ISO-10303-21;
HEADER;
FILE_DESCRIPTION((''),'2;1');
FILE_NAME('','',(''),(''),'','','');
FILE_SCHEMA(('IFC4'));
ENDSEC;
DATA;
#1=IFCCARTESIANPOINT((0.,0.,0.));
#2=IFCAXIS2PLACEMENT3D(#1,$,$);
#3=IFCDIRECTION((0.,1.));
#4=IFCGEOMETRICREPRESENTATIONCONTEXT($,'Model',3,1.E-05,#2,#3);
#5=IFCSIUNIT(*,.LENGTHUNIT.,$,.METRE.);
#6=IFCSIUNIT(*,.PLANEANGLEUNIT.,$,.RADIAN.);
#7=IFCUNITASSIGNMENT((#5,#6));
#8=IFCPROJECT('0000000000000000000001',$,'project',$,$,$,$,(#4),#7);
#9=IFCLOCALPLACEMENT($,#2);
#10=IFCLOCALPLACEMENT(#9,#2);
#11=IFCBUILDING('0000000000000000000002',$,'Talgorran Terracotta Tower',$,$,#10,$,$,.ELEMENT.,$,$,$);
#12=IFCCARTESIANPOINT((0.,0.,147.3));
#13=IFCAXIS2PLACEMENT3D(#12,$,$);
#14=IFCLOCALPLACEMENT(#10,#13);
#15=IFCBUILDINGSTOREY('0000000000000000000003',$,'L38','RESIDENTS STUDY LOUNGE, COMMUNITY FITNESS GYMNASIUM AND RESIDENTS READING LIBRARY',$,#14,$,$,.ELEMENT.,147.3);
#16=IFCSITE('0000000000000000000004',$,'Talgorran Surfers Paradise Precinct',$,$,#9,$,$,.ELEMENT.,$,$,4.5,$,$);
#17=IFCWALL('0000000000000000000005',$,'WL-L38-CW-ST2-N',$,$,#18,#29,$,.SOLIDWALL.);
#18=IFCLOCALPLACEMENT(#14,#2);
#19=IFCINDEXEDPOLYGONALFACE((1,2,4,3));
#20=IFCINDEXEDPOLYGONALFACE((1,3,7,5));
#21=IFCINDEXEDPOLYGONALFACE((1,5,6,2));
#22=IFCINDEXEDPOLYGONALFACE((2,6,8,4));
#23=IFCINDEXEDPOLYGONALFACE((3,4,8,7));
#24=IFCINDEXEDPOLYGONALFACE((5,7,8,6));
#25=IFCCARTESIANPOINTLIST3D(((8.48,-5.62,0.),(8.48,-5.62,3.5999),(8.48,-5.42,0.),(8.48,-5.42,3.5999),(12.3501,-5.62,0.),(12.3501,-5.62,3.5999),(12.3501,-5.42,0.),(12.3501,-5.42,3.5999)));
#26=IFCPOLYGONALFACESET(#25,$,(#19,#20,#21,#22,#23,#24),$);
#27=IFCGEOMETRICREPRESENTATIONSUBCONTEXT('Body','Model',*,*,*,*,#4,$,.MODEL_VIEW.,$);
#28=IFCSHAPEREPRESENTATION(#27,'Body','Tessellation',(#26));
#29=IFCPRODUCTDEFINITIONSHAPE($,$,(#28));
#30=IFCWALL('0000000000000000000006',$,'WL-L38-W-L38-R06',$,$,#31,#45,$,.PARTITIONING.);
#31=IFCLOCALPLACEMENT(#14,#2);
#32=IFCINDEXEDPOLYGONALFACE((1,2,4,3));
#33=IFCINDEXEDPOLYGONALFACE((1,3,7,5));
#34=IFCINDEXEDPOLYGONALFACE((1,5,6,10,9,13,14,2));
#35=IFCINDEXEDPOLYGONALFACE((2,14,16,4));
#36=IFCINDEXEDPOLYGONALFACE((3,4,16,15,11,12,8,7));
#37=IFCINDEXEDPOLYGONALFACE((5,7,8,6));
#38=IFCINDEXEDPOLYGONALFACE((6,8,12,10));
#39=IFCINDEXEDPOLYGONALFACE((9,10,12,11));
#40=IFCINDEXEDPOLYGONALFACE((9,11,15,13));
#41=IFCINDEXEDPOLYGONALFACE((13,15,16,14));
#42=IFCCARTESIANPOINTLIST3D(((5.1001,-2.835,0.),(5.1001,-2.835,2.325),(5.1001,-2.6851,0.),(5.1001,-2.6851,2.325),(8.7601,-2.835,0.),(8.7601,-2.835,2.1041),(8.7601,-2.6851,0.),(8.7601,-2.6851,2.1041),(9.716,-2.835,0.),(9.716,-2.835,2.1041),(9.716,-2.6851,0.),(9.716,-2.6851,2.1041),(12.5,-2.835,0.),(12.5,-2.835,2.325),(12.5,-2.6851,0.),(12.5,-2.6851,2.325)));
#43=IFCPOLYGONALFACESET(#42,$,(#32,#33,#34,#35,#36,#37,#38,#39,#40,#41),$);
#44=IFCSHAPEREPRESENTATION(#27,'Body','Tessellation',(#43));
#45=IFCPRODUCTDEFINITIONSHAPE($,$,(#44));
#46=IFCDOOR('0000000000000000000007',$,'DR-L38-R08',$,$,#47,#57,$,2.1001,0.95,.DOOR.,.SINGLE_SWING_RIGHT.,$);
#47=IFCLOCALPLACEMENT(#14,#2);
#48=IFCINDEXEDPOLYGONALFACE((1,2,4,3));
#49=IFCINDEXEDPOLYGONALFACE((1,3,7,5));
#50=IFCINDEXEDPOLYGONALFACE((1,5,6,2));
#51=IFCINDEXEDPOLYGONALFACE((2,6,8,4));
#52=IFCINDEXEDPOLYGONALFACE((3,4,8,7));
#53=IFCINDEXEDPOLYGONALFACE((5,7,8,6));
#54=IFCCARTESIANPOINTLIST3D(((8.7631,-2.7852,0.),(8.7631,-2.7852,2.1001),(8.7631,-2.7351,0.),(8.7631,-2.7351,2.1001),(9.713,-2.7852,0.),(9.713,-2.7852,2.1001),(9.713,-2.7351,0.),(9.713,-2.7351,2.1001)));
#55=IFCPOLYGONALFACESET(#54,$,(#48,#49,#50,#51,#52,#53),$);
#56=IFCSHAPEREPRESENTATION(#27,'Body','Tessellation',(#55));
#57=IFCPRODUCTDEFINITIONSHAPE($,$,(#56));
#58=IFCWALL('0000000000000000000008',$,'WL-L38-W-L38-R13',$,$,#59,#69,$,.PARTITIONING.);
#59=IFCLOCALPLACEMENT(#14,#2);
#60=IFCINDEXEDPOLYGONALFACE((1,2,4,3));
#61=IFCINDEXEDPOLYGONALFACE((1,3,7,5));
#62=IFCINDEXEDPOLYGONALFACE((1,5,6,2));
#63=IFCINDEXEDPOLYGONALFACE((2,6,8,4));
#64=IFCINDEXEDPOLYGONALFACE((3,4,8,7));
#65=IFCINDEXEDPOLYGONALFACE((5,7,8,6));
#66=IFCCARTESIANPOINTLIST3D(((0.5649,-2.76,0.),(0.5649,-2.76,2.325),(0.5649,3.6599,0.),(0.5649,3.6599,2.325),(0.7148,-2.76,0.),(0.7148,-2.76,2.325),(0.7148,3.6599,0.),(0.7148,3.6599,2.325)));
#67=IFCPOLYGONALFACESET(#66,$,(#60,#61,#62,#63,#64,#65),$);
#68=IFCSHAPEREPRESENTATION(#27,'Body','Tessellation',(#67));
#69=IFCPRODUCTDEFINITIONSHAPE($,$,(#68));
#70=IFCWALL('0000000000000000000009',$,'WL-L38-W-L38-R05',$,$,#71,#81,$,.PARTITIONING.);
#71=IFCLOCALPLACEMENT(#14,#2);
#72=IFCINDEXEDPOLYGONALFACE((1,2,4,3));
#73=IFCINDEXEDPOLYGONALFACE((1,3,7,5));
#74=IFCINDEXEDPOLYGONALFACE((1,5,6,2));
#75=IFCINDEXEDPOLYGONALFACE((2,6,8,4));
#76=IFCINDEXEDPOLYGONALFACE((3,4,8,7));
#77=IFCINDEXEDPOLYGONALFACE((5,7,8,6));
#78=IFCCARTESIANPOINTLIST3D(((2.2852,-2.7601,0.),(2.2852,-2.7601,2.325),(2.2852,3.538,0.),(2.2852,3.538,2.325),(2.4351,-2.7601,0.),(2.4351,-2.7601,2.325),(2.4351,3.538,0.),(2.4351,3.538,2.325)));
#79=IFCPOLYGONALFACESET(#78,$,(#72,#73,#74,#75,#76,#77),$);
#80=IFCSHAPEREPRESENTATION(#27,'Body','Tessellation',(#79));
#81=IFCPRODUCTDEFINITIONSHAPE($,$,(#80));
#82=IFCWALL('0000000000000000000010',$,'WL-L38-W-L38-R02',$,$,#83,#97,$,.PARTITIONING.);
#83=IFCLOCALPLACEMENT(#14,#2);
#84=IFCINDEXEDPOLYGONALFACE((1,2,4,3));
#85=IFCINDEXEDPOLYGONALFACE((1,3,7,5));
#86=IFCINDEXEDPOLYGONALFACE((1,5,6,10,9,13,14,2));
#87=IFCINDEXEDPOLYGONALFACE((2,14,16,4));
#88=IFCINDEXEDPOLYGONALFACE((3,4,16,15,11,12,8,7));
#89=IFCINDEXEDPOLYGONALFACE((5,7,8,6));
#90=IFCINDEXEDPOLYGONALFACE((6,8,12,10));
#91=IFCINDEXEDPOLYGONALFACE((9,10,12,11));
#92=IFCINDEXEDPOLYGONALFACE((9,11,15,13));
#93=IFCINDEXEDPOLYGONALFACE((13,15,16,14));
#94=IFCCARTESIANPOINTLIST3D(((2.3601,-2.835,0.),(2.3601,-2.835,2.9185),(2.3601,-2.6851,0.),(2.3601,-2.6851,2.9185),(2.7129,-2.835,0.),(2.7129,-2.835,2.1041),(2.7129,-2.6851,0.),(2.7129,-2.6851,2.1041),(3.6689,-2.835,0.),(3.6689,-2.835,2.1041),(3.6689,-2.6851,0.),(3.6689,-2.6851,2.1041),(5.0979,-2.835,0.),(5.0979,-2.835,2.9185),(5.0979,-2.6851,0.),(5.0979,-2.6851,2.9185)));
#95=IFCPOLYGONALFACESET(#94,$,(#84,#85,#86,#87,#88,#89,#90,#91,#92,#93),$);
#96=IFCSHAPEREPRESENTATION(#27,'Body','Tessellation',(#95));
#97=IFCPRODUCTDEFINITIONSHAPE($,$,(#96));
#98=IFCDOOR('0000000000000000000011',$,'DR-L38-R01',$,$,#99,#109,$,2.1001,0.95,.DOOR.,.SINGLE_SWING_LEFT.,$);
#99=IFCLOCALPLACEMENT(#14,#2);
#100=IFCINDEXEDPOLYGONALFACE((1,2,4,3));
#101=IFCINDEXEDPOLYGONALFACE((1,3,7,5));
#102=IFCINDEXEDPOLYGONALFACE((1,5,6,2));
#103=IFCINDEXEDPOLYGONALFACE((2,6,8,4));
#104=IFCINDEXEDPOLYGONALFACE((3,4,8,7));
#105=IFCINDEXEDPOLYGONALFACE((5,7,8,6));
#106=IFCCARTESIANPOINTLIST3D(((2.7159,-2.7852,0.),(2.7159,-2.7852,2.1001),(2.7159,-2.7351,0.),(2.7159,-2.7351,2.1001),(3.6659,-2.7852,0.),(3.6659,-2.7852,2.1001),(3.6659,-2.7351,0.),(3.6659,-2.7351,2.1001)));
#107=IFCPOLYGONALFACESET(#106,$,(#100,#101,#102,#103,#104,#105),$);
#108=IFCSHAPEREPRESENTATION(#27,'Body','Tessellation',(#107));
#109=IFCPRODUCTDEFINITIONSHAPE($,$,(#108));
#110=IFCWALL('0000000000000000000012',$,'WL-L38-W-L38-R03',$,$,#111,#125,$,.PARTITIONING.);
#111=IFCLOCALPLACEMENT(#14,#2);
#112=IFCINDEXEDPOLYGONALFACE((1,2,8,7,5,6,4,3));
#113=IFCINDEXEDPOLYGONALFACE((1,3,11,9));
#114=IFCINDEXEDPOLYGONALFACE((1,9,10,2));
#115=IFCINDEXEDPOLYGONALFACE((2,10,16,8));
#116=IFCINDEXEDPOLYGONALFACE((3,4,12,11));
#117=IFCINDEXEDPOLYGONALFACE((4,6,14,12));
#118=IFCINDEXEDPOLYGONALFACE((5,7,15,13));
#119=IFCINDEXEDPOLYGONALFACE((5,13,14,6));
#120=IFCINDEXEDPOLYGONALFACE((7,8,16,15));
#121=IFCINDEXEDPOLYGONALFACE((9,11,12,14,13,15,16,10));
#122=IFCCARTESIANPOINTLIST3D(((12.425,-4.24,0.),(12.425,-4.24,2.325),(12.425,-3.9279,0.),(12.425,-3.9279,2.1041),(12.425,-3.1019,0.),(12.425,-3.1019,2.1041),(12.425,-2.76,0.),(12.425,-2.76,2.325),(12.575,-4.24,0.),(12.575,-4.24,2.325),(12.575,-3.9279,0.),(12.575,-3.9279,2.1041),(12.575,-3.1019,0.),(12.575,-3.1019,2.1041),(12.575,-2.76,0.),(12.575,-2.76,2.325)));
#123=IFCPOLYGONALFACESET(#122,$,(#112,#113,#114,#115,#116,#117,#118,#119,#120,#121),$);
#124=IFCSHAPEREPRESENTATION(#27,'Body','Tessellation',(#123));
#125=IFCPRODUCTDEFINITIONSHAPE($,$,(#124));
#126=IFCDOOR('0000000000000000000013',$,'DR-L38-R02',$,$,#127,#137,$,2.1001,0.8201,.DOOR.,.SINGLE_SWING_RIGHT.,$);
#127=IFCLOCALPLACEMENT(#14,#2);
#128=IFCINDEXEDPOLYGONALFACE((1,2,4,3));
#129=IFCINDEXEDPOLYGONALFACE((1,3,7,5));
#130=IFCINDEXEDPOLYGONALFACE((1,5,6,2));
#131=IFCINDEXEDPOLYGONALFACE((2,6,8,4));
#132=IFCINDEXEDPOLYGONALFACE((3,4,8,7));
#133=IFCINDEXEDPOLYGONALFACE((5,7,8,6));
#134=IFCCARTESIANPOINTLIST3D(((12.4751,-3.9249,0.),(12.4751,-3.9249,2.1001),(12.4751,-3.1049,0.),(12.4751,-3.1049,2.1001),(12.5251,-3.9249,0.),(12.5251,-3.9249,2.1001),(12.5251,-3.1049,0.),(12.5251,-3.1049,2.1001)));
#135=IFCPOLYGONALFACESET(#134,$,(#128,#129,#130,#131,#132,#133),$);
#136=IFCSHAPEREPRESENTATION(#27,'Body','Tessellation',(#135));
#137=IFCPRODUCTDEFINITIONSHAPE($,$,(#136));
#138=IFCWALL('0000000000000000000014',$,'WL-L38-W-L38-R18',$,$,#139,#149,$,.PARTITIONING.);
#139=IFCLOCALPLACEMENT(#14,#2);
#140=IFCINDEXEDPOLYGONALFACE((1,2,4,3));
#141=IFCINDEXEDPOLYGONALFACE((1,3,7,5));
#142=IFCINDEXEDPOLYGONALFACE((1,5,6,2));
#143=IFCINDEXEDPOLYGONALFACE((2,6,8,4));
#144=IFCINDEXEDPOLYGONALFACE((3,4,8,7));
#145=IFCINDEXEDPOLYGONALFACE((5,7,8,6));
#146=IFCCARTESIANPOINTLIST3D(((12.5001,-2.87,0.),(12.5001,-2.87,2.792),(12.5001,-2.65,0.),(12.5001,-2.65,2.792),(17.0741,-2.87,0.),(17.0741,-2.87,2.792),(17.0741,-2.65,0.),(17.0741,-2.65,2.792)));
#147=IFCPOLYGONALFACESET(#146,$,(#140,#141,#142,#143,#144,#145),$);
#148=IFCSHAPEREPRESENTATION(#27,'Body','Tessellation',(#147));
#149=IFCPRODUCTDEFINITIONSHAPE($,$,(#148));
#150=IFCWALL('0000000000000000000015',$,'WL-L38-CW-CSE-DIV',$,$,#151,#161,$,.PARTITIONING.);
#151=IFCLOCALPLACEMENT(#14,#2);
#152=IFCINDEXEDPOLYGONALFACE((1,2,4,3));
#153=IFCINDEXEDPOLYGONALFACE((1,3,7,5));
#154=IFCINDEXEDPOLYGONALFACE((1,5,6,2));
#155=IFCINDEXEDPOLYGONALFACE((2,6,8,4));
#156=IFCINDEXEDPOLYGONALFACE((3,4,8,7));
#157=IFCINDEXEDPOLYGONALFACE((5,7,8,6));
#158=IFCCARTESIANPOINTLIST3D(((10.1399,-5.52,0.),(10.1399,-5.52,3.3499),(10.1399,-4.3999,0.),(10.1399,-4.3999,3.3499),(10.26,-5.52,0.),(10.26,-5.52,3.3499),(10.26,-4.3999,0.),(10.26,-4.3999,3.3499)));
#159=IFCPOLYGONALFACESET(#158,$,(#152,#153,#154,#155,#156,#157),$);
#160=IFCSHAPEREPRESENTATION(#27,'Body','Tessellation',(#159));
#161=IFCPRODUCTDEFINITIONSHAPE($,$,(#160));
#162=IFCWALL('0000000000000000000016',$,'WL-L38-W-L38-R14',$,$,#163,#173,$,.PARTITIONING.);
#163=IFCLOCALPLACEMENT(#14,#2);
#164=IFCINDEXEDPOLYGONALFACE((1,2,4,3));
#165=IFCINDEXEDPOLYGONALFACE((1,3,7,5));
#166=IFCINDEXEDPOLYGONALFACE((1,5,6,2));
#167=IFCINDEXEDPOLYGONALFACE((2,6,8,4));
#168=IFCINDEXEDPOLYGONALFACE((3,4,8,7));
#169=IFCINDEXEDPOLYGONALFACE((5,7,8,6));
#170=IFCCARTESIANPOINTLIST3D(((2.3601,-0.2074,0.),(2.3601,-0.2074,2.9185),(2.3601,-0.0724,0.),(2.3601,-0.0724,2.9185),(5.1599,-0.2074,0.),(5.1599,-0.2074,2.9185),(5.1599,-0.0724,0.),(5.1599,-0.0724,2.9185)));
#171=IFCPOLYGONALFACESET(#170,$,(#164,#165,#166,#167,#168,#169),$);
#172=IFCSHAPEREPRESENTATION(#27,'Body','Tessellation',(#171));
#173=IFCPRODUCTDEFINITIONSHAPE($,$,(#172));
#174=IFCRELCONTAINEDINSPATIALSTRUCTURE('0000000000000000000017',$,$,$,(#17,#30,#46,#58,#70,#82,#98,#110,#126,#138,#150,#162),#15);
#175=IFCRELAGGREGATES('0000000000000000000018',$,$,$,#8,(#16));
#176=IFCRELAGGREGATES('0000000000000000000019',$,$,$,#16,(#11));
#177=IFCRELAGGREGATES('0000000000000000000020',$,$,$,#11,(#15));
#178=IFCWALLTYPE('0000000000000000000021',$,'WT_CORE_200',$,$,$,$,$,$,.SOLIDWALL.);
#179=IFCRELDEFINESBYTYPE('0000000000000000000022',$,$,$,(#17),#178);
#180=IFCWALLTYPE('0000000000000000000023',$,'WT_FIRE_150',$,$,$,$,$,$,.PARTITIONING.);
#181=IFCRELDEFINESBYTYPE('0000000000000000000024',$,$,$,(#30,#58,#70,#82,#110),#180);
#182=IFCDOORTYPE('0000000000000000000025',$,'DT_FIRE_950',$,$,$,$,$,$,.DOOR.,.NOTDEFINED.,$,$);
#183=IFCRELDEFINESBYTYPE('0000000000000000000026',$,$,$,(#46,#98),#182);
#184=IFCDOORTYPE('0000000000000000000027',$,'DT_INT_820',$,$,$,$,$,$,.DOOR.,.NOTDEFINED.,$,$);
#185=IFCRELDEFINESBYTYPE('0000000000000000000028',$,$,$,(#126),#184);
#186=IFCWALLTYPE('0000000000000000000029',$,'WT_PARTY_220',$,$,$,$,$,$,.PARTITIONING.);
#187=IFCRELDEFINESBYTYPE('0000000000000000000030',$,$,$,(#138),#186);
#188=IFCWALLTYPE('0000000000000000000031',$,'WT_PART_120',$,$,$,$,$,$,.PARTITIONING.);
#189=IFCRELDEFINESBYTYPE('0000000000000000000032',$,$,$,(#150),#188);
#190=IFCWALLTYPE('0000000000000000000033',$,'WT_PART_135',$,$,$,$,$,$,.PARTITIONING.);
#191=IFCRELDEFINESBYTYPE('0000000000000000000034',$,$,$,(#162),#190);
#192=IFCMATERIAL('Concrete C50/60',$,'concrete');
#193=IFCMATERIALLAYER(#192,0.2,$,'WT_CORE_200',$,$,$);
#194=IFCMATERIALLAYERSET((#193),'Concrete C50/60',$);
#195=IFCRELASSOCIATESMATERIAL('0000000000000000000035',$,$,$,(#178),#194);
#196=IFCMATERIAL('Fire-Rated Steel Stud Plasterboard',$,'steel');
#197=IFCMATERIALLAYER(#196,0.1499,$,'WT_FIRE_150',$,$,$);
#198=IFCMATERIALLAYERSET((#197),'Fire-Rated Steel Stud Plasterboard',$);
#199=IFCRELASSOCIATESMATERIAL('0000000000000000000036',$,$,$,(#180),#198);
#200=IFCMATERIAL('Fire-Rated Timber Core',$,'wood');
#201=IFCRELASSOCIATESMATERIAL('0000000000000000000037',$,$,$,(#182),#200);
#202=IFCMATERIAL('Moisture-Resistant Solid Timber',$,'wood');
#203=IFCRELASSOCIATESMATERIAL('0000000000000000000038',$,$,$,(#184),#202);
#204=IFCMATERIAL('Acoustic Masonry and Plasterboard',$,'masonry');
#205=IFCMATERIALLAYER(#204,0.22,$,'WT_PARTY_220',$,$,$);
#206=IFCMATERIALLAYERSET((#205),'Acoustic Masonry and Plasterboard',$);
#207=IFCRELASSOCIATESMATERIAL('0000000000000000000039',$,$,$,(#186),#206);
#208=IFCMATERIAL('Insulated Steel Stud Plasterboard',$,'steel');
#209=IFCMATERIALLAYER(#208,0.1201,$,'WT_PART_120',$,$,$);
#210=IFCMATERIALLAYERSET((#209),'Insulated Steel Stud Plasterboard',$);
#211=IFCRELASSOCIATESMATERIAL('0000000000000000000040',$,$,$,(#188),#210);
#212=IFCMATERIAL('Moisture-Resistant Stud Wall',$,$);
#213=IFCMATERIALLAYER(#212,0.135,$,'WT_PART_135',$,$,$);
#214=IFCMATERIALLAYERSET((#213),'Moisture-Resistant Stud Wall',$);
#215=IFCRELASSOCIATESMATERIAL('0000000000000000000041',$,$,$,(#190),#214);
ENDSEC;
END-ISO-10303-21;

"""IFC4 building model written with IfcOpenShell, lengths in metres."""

from ifc_helpers import new_model, si_unit, direction, frame, frame_2d, origin, place, context, subcontext, project, spatial, rectangle, extrude, material, layer, layer_set, type_object, element, fill, save


model = new_model("IFC4")

# Units and contexts
model_context = context("Model", 3, precision=1e-05, world=origin(), true_north=direction((0.0, 1.0)))
body_context = subcontext(model_context, "Body", "Model", "MODEL_VIEW")
ifc_project = project(units=[si_unit("LENGTHUNIT", "METRE"), si_unit("PLANEANGLEUNIT", "RADIAN")], contexts=[model_context])

# Site, building, storey
site_placement = place(None, origin())
site = spatial("IfcSite", under=ifc_project, at=site_placement, Name="Talgorran Surfers Paradise Precinct", CompositionType="ELEMENT", RefElevation=4.5)
building_placement = place(site_placement, origin())
building = spatial("IfcBuilding", under=site, at=building_placement, Name="Talgorran Terracotta Tower", CompositionType="ELEMENT")
storey_placement = place(building_placement, frame((0.0, 0.0, 147.3)))
storey = spatial("IfcBuildingStorey", under=building, at=storey_placement, Name="L38", Description="RESIDENTS STUDY LOUNGE, COMMUNITY FITNESS GYMNASIUM AND RESIDENTS READING LIBRARY", CompositionType="ELEMENT", Elevation=147.3)

# Wall
ifc_material_1 = material(Name="Concrete C50/60", Category="concrete")
ifc_layer_1 = layer(ifc_material_1, 0.2, Name="WT_CORE_200")
ifc_layer_set_1 = layer_set([ifc_layer_1], Name="Concrete C50/60")
wall_type_1 = type_object("IfcWallType", Name="WT_CORE_200", PredefinedType="SOLIDWALL", material=ifc_layer_set_1)
wall_1_placement = place(storey_placement, frame((8.48, -5.52, 0.0), z_axis=(0.0, 0.0, 1.0), x_axis=(1.0, 0.0, 0.0)))
element("IfcWall", 1, at=wall_1_placement, inside=storey, type_object=wall_type_1, Name="WL-L38-CW-ST2-N", PredefinedType="SOLIDWALL", context=body_context, shape_type="SweptSolid", body=[
    extrude(rectangle(XDim=3.8701, YDim=0.2, at=frame_2d((1.9351, 0.0))), origin(), (0.0, 0.0, 1.0), 3.5999),
])

# Wall, opening, door
ifc_material_2 = material(Name="Fire-Rated Steel Stud Plasterboard", Category="steel")
ifc_layer_2 = layer(ifc_material_2, 0.1499, Name="WT_FIRE_150")
ifc_layer_set_2 = layer_set([ifc_layer_2], Name="Fire-Rated Steel Stud Plasterboard")
wall_type_2 = type_object("IfcWallType", Name="WT_FIRE_150", PredefinedType="PARTITIONING", material=ifc_layer_set_2)
wall_2_placement = place(storey_placement, frame((5.1001, -2.76, 0.0), z_axis=(0.0, 0.0, 1.0), x_axis=(1.0, 0.0, 0.0)))
wall_2 = element("IfcWall", 2, at=wall_2_placement, inside=storey, type_object=wall_type_2, Name="WL-L38-W-L38-R06", PredefinedType="PARTITIONING", context=body_context, shape_type="SweptSolid", body=[
    extrude(rectangle(XDim=7.3999, YDim=0.1499, at=frame_2d((3.7, 0.0))), origin(), (0.0, 0.0, 1.0), 2.325),
])
opening_1_placement = place(wall_2_placement, frame((3.6628, 0.0, 0.0)))
opening_1 = element("IfcOpeningElement", 3, at=opening_1_placement, cuts=wall_2, PredefinedType="OPENING", context=body_context, shape_type="SweptSolid", body=[
    extrude(rectangle(XDim=0.956, YDim=2.1041, at=frame_2d((0.4751, 1.052))), frame((0.0, 0.085, 0.0), z_axis=(0.0, -1.0, 0.0), x_axis=(1.0, 0.0, 0.0)), (0.0, 0.0, 1.0), 0.1699),
])
ifc_material_3 = material(Name="Fire-Rated Timber Core", Category="wood")
door_type_1 = type_object("IfcDoorType", Name="DT_FIRE_950", OperationType="NOTDEFINED", PredefinedType="DOOR", material=ifc_material_3)
door_1_placement = place(opening_1_placement, origin())
door_1 = element("IfcDoor", 4, at=door_1_placement, inside=storey, type_object=door_type_1, Name="DR-L38-R08", OperationType="SINGLE_SWING_RIGHT", OverallHeight=2.1001, OverallWidth=0.95, PredefinedType="DOOR", context=body_context, shape_type="SweptSolid", body=[
    extrude(rectangle(XDim=0.95, YDim=2.1001, at=frame_2d((0.4751, 1.05))), frame((0.0, 0.0249, 0.0), z_axis=(0.0, -1.0, 0.0), x_axis=(1.0, 0.0, 0.0)), (0.0, 0.0, 1.0), 0.05),
])
fill(opening_1, door_1)

# Walls
wall_3_placement = place(storey_placement, frame((0.6399, -2.76, 0.0), z_axis=(0.0, 0.0, 1.0), x_axis=(0.0, 1.0, 0.0)))
element("IfcWall", 5, at=wall_3_placement, inside=storey, type_object=wall_type_2, Name="WL-L38-W-L38-R13", PredefinedType="PARTITIONING", context=body_context, shape_type="SweptSolid", body=[
    extrude(rectangle(XDim=6.4199, YDim=0.1499, at=frame_2d((3.21, 0.0))), origin(), (0.0, 0.0, 1.0), 2.325),
])
wall_4_placement = place(storey_placement, frame((2.3601, -2.76, 0.0), z_axis=(0.0, 0.0, 1.0), x_axis=(0.0, 1.0, 0.0)))
element("IfcWall", 6, at=wall_4_placement, inside=storey, type_object=wall_type_2, Name="WL-L38-W-L38-R05", PredefinedType="PARTITIONING", context=body_context, shape_type="SweptSolid", body=[
    extrude(rectangle(XDim=6.2981, YDim=0.1499, at=frame_2d((3.1489, 0.0))), origin(), (0.0, 0.0, 1.0), 2.325),
])

# Walls, openings, doors
wall_5_placement = place(storey_placement, frame((2.3601, -2.76, 0.0), z_axis=(0.0, 0.0, 1.0), x_axis=(1.0, 0.0, 0.0)))
wall_5 = element("IfcWall", 7, at=wall_5_placement, inside=storey, type_object=wall_type_2, Name="WL-L38-W-L38-R02", PredefinedType="PARTITIONING", context=body_context, shape_type="SweptSolid", body=[
    extrude(rectangle(XDim=2.7378, YDim=0.1499, at=frame_2d((1.3689, 0.0))), origin(), (0.0, 0.0, 1.0), 2.9185),
])
opening_2_placement = place(wall_5_placement, frame((0.3557, 0.0, 0.0)))
opening_2 = element("IfcOpeningElement", 8, at=opening_2_placement, cuts=wall_5, PredefinedType="OPENING", context=body_context, shape_type="SweptSolid", body=[
    extrude(rectangle(XDim=0.956, YDim=2.1041, at=frame_2d((0.4751, 1.052))), frame((0.0, 0.085, 0.0), z_axis=(0.0, -1.0, 0.0), x_axis=(1.0, 0.0, 0.0)), (0.0, 0.0, 1.0), 0.1699),
])
door_2_placement = place(opening_2_placement, origin())
door_2 = element("IfcDoor", 9, at=door_2_placement, inside=storey, type_object=door_type_1, Name="DR-L38-R01", OperationType="SINGLE_SWING_LEFT", OverallHeight=2.1001, OverallWidth=0.95, PredefinedType="DOOR", context=body_context, shape_type="SweptSolid", body=[
    extrude(rectangle(XDim=0.95, YDim=2.1001, at=frame_2d((0.4751, 1.05))), frame((0.0, 0.0249, 0.0), z_axis=(0.0, -1.0, 0.0), x_axis=(1.0, 0.0, 0.0)), (0.0, 0.0, 1.0), 0.05),
])
fill(opening_2, door_2)
wall_6_placement = place(storey_placement, frame((12.5, -4.24, 0.0), z_axis=(0.0, 0.0, 1.0), x_axis=(0.0, 1.0, 0.0)))
wall_6 = element("IfcWall", 10, at=wall_6_placement, inside=storey, type_object=wall_type_2, Name="WL-L38-W-L38-R03", PredefinedType="PARTITIONING", context=body_context, shape_type="SweptSolid", body=[
    extrude(rectangle(XDim=1.48, YDim=0.1499, at=frame_2d((0.74, 0.0))), origin(), (0.0, 0.0, 1.0), 2.325),
])
opening_3_placement = place(wall_6_placement, frame((0.3149, 0.0, 0.0)))
opening_3 = element("IfcOpeningElement", 11, at=opening_3_placement, cuts=wall_6, PredefinedType="OPENING", context=body_context, shape_type="SweptSolid", body=[
    extrude(rectangle(XDim=0.8261, YDim=2.1041, at=frame_2d((0.4102, 1.052))), frame((0.0, 0.085, 0.0), z_axis=(0.0, -1.0, 0.0), x_axis=(1.0, 0.0, 0.0)), (0.0, 0.0, 1.0), 0.1699),
])
ifc_material_4 = material(Name="Moisture-Resistant Solid Timber", Category="wood")
door_type_2 = type_object("IfcDoorType", Name="DT_INT_820", OperationType="NOTDEFINED", PredefinedType="DOOR", material=ifc_material_4)
door_3_placement = place(opening_3_placement, origin())
door_3 = element("IfcDoor", 12, at=door_3_placement, inside=storey, type_object=door_type_2, Name="DR-L38-R02", OperationType="SINGLE_SWING_RIGHT", OverallHeight=2.1001, OverallWidth=0.8201, PredefinedType="DOOR", context=body_context, shape_type="SweptSolid", body=[
    extrude(rectangle(XDim=0.8201, YDim=2.1001, at=frame_2d((0.4102, 1.05))), frame((0.0, 0.0249, 0.0), z_axis=(0.0, -1.0, 0.0), x_axis=(1.0, 0.0, 0.0)), (0.0, 0.0, 1.0), 0.05),
])
fill(opening_3, door_3)

# Walls
ifc_material_5 = material(Name="Acoustic Masonry and Plasterboard", Category="masonry")
ifc_layer_3 = layer(ifc_material_5, 0.22, Name="WT_PARTY_220")
ifc_layer_set_3 = layer_set([ifc_layer_3], Name="Acoustic Masonry and Plasterboard")
wall_type_3 = type_object("IfcWallType", Name="WT_PARTY_220", PredefinedType="PARTITIONING", material=ifc_layer_set_3)
wall_7_placement = place(storey_placement, frame((12.5, -2.76, 0.0), z_axis=(0.0, 0.0, 1.0), x_axis=(1.0, 0.0, 0.0)))
element("IfcWall", 13, at=wall_7_placement, inside=storey, type_object=wall_type_3, Name="WL-L38-W-L38-R18", PredefinedType="PARTITIONING", context=body_context, shape_type="SweptSolid", body=[
    extrude(rectangle(XDim=4.574, YDim=0.22, at=frame_2d((2.2871, 0.0))), origin(), (0.0, 0.0, 1.0), 2.792),
])
ifc_material_6 = material(Name="Insulated Steel Stud Plasterboard", Category="steel")
ifc_layer_4 = layer(ifc_material_6, 0.1201, Name="WT_PART_120")
ifc_layer_set_4 = layer_set([ifc_layer_4], Name="Insulated Steel Stud Plasterboard")
wall_type_4 = type_object("IfcWallType", Name="WT_PART_120", PredefinedType="PARTITIONING", material=ifc_layer_set_4)
wall_8_placement = place(storey_placement, frame((10.2, -5.52, 0.0), z_axis=(0.0, 0.0, 1.0), x_axis=(0.0, 1.0, 0.0)))
element("IfcWall", 14, at=wall_8_placement, inside=storey, type_object=wall_type_4, Name="WL-L38-CW-CSE-DIV", PredefinedType="PARTITIONING", context=body_context, shape_type="SweptSolid", body=[
    extrude(rectangle(XDim=1.1201, YDim=0.1201, at=frame_2d((0.5601, 0.0))), origin(), (0.0, 0.0, 1.0), 3.3499),
])
ifc_material_7 = material(Name="Moisture-Resistant Stud Wall")
ifc_layer_5 = layer(ifc_material_7, 0.135, Name="WT_PART_135")
ifc_layer_set_5 = layer_set([ifc_layer_5], Name="Moisture-Resistant Stud Wall")
wall_type_5 = type_object("IfcWallType", Name="WT_PART_135", PredefinedType="PARTITIONING", material=ifc_layer_set_5)
wall_9_placement = place(storey_placement, frame((2.3601, -0.1399, 0.0), z_axis=(0.0, 0.0, 1.0), x_axis=(1.0, 0.0, 0.0)))
element("IfcWall", 15, at=wall_9_placement, inside=storey, type_object=wall_type_5, Name="WL-L38-W-L38-R14", PredefinedType="PARTITIONING", context=body_context, shape_type="SweptSolid", body=[
    extrude(rectangle(XDim=2.7998, YDim=0.135, at=frame_2d((1.3999, 0.0))), origin(), (0.0, 0.0, 1.0), 2.9185),
])

save(model, "model.ifc")
